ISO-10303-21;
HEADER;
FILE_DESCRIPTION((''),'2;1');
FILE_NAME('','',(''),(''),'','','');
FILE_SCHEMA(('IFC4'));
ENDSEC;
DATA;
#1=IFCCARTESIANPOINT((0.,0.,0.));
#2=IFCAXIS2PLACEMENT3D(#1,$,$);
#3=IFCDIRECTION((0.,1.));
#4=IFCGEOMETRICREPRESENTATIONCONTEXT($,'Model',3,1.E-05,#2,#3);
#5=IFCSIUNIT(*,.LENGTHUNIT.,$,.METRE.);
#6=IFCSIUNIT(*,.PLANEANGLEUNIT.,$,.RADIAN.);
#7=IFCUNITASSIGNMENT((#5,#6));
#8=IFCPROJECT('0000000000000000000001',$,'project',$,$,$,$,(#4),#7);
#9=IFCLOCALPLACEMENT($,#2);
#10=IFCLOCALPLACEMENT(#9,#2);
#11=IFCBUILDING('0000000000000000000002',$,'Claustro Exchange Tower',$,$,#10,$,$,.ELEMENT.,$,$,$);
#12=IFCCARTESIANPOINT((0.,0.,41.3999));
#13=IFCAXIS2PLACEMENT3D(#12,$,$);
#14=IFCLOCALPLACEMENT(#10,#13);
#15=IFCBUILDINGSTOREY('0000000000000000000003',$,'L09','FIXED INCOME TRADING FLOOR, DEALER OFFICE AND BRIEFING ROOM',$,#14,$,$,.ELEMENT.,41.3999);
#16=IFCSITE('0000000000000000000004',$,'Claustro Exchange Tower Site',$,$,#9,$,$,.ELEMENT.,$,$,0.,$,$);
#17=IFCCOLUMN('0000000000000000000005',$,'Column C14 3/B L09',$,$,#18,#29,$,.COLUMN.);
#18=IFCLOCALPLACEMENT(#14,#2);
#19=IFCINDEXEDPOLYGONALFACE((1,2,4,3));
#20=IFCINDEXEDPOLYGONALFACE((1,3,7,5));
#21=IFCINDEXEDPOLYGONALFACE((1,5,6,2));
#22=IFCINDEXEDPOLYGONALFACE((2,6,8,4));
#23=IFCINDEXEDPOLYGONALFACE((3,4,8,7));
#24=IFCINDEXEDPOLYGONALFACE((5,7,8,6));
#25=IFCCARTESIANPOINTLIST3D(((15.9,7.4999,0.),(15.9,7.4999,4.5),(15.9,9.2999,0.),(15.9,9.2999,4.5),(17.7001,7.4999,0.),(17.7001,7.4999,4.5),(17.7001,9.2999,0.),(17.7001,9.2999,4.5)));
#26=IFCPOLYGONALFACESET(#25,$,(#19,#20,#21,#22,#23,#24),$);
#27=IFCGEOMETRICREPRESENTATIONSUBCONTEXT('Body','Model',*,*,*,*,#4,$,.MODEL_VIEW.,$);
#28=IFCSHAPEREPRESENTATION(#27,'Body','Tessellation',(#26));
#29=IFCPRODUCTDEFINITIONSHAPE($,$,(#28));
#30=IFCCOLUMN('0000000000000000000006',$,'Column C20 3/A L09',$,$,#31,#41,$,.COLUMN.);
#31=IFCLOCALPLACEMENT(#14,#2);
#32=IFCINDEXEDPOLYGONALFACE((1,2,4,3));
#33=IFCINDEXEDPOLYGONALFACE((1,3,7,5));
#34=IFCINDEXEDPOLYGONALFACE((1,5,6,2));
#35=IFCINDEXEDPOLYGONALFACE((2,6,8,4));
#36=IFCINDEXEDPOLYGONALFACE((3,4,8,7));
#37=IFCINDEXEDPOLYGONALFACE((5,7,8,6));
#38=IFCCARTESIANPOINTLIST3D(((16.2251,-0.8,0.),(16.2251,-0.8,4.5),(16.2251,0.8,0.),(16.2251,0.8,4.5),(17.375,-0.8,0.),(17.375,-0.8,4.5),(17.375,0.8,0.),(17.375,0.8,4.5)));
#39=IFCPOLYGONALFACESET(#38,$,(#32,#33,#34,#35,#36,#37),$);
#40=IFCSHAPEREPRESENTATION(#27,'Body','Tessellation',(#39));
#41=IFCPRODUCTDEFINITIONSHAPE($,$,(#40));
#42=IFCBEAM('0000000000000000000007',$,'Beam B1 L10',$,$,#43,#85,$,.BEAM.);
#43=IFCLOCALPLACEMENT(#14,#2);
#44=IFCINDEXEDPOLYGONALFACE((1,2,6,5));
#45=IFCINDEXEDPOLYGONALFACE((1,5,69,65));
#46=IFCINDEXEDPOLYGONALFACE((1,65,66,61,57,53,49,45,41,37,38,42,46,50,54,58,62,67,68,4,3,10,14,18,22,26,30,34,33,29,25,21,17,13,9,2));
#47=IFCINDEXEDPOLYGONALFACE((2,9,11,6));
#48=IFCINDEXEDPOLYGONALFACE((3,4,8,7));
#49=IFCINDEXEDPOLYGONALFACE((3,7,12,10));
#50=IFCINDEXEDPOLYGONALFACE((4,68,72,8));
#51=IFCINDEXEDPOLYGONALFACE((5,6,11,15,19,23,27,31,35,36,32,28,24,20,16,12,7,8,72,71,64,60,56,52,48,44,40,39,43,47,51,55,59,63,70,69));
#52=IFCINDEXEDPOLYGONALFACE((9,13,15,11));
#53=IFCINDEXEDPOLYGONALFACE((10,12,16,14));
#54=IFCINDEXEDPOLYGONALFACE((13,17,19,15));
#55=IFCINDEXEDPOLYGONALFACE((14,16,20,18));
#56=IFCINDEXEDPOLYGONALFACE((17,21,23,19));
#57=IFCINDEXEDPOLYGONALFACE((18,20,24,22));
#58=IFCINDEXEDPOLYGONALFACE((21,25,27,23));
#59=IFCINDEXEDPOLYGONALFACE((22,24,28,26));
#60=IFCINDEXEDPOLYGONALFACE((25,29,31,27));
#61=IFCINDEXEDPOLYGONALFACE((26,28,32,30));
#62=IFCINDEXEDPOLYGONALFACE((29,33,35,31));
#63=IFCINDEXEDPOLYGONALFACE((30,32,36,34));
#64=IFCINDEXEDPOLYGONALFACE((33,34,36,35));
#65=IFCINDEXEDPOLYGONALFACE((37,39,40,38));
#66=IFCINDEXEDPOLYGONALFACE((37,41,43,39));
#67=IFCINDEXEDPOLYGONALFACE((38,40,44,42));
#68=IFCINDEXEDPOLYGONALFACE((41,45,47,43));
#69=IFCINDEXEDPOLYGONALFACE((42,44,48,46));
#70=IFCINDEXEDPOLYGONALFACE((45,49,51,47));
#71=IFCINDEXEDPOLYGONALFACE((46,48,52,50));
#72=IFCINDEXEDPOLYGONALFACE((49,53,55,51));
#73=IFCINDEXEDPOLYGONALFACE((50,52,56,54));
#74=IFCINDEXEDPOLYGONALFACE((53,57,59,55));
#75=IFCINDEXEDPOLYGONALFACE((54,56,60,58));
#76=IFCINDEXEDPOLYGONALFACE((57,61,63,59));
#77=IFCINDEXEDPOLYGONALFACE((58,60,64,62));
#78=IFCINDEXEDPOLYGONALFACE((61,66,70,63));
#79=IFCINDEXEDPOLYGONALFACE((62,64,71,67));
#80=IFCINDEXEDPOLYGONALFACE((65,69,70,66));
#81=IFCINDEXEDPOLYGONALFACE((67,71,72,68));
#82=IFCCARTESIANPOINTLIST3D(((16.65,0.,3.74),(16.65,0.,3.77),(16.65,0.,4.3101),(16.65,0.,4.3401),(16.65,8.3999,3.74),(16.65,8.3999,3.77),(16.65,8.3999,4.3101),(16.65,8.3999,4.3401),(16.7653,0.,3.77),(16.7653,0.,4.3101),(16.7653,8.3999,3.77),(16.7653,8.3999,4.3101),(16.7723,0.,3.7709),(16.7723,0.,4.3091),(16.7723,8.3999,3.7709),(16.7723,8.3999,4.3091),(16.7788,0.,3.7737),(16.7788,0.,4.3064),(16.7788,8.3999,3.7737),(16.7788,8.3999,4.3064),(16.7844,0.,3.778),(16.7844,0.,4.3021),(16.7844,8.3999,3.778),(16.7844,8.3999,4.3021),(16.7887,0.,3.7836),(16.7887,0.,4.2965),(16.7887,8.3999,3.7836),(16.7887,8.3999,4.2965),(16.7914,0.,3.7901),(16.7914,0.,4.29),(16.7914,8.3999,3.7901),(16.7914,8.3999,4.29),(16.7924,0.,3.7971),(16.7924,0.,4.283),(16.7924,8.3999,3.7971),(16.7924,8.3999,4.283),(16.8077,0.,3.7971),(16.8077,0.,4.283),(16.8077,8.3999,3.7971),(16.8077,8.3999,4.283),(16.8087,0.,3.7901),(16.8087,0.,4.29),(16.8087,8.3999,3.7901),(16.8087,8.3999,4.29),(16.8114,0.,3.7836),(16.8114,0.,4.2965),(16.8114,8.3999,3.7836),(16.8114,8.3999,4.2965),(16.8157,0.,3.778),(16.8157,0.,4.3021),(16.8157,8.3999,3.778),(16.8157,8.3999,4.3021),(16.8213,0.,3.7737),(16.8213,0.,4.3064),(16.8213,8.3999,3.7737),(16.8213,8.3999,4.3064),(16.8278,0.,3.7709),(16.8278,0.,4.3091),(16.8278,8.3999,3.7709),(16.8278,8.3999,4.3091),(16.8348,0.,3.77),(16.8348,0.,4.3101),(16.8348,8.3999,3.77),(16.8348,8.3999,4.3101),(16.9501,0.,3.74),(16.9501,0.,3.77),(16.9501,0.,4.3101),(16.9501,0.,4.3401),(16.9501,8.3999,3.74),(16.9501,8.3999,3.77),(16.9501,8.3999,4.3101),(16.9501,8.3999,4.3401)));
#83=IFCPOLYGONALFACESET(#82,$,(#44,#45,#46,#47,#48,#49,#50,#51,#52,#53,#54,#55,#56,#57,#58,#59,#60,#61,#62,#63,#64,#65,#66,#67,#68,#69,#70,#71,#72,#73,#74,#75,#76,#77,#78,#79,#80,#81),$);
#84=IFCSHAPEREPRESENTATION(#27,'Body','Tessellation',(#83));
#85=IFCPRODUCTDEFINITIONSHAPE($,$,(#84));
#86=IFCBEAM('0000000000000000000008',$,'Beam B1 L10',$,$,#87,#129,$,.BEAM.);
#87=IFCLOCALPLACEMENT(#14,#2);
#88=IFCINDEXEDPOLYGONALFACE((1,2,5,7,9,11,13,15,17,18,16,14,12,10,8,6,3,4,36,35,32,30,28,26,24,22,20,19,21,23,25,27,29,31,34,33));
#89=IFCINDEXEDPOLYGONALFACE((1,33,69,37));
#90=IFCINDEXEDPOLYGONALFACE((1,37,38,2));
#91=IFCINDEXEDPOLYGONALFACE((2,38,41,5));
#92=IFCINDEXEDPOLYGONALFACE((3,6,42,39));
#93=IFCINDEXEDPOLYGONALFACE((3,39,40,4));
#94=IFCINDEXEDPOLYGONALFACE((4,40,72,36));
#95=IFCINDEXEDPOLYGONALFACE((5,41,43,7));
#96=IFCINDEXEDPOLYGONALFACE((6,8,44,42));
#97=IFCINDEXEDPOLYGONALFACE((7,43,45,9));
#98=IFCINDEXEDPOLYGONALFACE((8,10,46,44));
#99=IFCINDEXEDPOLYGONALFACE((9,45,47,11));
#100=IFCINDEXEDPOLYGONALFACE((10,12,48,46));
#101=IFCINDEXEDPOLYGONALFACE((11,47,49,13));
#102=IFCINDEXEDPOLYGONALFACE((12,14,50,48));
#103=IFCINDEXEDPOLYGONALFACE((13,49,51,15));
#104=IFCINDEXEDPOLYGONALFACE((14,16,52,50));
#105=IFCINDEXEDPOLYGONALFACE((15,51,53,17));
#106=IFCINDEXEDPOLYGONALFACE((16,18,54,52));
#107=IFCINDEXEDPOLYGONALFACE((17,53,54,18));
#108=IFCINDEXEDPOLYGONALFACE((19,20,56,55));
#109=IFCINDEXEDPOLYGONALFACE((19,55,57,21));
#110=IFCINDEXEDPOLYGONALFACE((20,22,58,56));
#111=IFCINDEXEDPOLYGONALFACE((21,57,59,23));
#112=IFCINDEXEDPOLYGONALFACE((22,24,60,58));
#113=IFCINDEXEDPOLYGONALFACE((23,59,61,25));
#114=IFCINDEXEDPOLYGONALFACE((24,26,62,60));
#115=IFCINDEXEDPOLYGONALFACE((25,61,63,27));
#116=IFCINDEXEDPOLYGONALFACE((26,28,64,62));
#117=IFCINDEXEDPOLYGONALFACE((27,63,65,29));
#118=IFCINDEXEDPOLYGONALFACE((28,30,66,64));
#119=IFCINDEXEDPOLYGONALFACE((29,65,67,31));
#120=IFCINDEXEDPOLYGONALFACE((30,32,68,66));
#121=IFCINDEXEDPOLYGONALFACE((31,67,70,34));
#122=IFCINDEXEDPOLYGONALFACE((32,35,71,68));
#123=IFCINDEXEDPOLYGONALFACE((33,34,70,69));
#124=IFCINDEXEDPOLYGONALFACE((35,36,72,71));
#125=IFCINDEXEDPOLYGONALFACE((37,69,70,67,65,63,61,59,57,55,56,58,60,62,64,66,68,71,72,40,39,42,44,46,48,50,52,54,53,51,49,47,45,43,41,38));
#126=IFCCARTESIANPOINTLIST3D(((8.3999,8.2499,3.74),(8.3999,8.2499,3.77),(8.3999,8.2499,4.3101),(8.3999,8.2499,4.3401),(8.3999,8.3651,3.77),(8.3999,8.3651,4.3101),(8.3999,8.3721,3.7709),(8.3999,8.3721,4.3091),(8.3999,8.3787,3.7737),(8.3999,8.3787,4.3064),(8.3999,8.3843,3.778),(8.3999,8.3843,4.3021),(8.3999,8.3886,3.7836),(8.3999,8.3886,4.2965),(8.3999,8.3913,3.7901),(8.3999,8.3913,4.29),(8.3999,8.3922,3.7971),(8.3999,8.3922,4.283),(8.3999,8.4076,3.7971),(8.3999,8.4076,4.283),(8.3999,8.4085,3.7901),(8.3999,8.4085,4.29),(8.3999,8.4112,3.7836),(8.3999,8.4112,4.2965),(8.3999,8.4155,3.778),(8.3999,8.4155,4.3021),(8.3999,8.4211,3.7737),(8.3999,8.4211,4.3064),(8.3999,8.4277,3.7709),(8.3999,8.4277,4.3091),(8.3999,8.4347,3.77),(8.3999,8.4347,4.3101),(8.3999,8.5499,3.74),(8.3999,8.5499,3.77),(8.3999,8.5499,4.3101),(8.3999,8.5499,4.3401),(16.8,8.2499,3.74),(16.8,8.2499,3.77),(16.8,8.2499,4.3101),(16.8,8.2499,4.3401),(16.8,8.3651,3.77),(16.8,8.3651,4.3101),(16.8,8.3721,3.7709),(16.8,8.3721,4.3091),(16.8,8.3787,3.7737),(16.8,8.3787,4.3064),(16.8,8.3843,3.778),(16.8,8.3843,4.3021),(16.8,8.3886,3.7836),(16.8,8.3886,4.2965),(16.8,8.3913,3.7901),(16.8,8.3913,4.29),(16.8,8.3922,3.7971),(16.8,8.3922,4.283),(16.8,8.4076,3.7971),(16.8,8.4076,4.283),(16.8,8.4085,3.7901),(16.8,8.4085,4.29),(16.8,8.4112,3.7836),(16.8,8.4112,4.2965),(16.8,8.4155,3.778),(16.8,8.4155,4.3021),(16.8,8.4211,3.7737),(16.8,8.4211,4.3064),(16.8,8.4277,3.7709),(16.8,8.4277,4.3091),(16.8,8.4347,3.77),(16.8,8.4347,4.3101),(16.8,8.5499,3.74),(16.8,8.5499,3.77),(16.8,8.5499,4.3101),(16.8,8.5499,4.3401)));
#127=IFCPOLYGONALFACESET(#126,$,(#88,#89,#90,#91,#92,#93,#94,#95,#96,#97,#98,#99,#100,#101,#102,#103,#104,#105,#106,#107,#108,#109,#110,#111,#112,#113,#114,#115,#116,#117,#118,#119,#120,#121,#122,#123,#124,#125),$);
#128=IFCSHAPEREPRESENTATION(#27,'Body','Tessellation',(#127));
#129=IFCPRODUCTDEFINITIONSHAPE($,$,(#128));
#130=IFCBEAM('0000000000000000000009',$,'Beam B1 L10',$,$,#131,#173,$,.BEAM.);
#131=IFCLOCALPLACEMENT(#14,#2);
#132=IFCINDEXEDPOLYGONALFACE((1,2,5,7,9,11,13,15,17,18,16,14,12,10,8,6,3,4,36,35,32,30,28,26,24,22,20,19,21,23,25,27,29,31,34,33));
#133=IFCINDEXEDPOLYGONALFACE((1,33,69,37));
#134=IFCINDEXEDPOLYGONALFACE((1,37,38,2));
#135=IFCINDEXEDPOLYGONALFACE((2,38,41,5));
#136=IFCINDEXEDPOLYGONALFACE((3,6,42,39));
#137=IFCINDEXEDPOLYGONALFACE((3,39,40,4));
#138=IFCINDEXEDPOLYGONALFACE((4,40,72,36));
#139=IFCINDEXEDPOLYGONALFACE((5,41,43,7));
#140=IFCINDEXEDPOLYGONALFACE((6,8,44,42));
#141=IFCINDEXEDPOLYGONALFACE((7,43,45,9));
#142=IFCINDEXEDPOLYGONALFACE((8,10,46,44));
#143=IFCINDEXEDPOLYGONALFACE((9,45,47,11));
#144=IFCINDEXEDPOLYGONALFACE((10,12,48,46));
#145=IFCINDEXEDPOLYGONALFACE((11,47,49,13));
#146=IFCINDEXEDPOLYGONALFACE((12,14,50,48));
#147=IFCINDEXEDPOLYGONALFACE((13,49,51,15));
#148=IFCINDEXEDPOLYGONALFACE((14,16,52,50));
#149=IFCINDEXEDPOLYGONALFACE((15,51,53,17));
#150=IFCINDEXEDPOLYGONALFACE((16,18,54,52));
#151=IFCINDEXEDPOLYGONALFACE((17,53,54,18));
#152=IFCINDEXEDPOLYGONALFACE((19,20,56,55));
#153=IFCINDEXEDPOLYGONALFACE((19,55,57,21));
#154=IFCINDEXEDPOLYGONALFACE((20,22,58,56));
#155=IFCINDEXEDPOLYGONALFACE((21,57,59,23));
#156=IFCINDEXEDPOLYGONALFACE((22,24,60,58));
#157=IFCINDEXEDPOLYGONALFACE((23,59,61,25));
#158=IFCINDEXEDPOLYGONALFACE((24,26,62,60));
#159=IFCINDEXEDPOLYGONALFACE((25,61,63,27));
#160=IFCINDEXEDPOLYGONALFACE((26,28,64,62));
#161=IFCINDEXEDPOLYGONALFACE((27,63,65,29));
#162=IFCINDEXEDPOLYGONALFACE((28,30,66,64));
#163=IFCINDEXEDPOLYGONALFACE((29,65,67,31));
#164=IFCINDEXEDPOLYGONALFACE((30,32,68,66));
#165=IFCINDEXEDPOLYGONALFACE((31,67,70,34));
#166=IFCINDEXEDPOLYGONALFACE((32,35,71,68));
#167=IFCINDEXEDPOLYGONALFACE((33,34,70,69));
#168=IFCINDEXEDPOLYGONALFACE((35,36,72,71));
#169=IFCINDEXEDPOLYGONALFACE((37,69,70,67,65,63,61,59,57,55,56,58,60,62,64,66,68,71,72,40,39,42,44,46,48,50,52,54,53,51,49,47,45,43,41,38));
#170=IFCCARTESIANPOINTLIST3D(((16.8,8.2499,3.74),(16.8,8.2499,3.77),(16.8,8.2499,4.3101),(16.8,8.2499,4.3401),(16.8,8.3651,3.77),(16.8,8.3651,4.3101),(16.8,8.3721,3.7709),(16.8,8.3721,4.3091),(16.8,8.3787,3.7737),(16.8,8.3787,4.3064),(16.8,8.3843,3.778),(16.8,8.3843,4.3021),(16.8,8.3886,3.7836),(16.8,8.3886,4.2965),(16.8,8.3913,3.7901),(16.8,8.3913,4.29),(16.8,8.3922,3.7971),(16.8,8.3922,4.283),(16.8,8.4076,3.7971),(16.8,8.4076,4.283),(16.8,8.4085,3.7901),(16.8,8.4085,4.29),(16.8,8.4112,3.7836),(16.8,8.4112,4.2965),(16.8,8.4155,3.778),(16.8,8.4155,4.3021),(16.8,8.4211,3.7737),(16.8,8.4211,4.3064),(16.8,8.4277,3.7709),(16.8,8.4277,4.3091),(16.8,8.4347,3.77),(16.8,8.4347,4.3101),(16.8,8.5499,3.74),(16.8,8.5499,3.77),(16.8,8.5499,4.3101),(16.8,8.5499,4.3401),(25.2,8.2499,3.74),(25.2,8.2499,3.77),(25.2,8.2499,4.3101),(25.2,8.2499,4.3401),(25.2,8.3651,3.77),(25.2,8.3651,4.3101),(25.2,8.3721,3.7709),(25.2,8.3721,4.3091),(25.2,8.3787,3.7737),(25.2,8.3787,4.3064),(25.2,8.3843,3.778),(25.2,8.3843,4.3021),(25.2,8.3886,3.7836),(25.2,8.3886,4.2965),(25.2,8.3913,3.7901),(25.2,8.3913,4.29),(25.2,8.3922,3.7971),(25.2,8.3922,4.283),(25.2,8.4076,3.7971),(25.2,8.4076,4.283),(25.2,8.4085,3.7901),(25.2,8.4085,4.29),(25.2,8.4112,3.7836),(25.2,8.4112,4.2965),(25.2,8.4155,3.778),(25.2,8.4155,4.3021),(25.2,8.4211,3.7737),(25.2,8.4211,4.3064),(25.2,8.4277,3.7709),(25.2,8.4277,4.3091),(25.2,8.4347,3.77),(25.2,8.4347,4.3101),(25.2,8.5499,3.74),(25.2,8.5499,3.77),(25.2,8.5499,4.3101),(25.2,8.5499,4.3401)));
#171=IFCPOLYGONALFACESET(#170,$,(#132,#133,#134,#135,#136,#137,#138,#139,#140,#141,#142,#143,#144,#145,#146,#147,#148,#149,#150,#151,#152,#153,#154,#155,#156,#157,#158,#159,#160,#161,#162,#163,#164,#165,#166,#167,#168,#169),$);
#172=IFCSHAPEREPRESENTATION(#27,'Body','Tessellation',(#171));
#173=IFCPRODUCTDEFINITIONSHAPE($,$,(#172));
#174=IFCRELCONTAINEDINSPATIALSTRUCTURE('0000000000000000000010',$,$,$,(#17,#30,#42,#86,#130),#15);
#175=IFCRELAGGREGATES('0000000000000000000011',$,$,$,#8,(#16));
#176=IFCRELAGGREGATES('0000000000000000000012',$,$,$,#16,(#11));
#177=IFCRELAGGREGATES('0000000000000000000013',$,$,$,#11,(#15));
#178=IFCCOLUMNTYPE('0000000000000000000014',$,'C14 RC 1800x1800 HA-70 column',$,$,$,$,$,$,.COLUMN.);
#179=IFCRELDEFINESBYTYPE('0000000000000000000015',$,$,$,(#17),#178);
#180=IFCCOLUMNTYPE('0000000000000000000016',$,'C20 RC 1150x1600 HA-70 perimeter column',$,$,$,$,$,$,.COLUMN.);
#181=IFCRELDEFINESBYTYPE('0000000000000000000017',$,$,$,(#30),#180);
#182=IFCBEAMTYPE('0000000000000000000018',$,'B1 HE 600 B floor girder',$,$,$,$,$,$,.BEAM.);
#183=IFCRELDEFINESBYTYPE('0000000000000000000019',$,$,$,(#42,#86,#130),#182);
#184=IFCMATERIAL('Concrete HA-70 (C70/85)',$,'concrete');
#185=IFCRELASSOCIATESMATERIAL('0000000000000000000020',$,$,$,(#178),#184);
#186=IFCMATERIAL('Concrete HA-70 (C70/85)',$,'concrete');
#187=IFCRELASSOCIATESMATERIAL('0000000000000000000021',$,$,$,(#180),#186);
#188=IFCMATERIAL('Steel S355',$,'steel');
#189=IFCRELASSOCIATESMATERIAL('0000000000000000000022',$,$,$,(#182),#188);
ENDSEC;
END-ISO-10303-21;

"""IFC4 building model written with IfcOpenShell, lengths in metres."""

from ifc_helpers import new_model, si_unit, direction, frame, origin, origin_2d, place, context, subcontext, project, spatial, rectangle, i_section, extrude, material, material_profile, profile_set, type_object, element, save


model = new_model("IFC4")

# Units and contexts
model_context = context("Model", 3, precision=1e-05, world=origin(), true_north=direction((0.0, 1.0)))
body_context = subcontext(model_context, "Body", "Model", "MODEL_VIEW")
ifc_project = project(units=[si_unit("LENGTHUNIT", "METRE"), si_unit("PLANEANGLEUNIT", "RADIAN")], contexts=[model_context])

# Site, building, storey
site_placement = place(None, origin())
site = spatial("IfcSite", under=ifc_project, at=site_placement, Name="Claustro Exchange Tower Site", CompositionType="ELEMENT", RefElevation=0.0)
building_placement = place(site_placement, origin())
building = spatial("IfcBuilding", under=site, at=building_placement, Name="Claustro Exchange Tower", CompositionType="ELEMENT")
storey_placement = place(building_placement, frame((0.0, 0.0, 41.3999)))
storey = spatial("IfcBuildingStorey", under=building, at=storey_placement, Name="L09", Description="FIXED INCOME TRADING FLOOR, DEALER OFFICE AND BRIEFING ROOM", CompositionType="ELEMENT", Elevation=41.3999)

# Columns
ifc_material_1 = material(Name="Concrete HA-70 (C70/85)", Category="concrete")
ifc_material_profile_1 = material_profile(ifc_material_1, rectangle(XDim=1.8, YDim=1.8, at=origin_2d()), Name="RC 1800x1800")
ifc_profile_set_1 = profile_set([ifc_material_profile_1], Name="Concrete HA-70 (C70/85)")
column_type_1 = type_object("IfcColumnType", Name="C14 RC 1800x1800 HA-70 column", PredefinedType="COLUMN", material=ifc_profile_set_1)
column_1_placement = place(storey_placement, frame((16.8, 8.3999, 0.0), z_axis=(0.0, 0.0, 1.0), x_axis=(1.0, 0.0, 0.0)))
element("IfcColumn", 1, at=column_1_placement, inside=storey, type_object=column_type_1, Name="Column C14 3/B L09", PredefinedType="COLUMN", context=body_context, shape_type="SweptSolid", body=[
    extrude(rectangle(XDim=1.8, YDim=1.8, at=origin_2d()), origin(), (0.0, 0.0, 1.0), 4.5),
])
ifc_material_2 = material(Name="Concrete HA-70 (C70/85)", Category="concrete")
ifc_material_profile_2 = material_profile(ifc_material_2, rectangle(XDim=1.1499, YDim=1.6001, at=origin_2d()), Name="RC 1150x1600")
ifc_profile_set_2 = profile_set([ifc_material_profile_2], Name="Concrete HA-70 (C70/85)")
column_type_2 = type_object("IfcColumnType", Name="C20 RC 1150x1600 HA-70 perimeter column", PredefinedType="COLUMN", material=ifc_profile_set_2)
column_2_placement = place(storey_placement, frame((16.8, 0.0, 0.0), z_axis=(0.0, 0.0, 1.0), x_axis=(1.0, 0.0, 0.0)))
element("IfcColumn", 2, at=column_2_placement, inside=storey, type_object=column_type_2, Name="Column C20 3/A L09", PredefinedType="COLUMN", context=body_context, shape_type="SweptSolid", body=[
    extrude(rectangle(XDim=1.1499, YDim=1.6001, at=origin_2d()), origin(), (0.0, 0.0, 1.0), 4.5),
])

# Beams
ifc_material_3 = material(Name="Steel S355", Category="steel")
ifc_material_profile_3 = material_profile(ifc_material_3, i_section(OverallWidth=0.3, OverallDepth=0.6001, WebThickness=0.0154, FlangeThickness=0.03, FilletRadius=0.0271, at=origin_2d()), Name="HE 600 B")
ifc_profile_set_3 = profile_set([ifc_material_profile_3], Name="Steel S355")
beam_type_1 = type_object("IfcBeamType", Name="B1 HE 600 B floor girder", PredefinedType="BEAM", material=ifc_profile_set_3)
beam_1_placement = place(storey_placement, frame((16.8, 0.0, 4.04), z_axis=(0.0, 1.0, 0.0), x_axis=(-1.0, 0.0, 0.0)))
element("IfcBeam", 3, at=beam_1_placement, inside=storey, type_object=beam_type_1, Name="Beam B1 L10", PredefinedType="BEAM", context=body_context, shape_type="SweptSolid", body=[
    extrude(i_section(OverallWidth=0.3, OverallDepth=0.6001, WebThickness=0.0154, FlangeThickness=0.03, FilletRadius=0.0271, at=origin_2d()), origin(), (0.0, 0.0, 1.0), 8.3999),
])
beam_2_placement = place(storey_placement, frame((8.3999, 8.3999, 4.04), z_axis=(1.0, 0.0, 0.0), x_axis=(0.0, 1.0, 0.0)))
element("IfcBeam", 4, at=beam_2_placement, inside=storey, type_object=beam_type_1, Name="Beam B1 L10", PredefinedType="BEAM", context=body_context, shape_type="SweptSolid", body=[
    extrude(i_section(OverallWidth=0.3, OverallDepth=0.6001, WebThickness=0.0154, FlangeThickness=0.03, FilletRadius=0.0271, at=origin_2d()), origin(), (0.0, 0.0, 1.0), 8.4001),
])
beam_3_placement = place(storey_placement, frame((16.8, 8.3999, 4.04), z_axis=(1.0, 0.0, 0.0), x_axis=(0.0, 1.0, 0.0)))
element("IfcBeam", 5, at=beam_3_placement, inside=storey, type_object=beam_type_1, Name="Beam B1 L10", PredefinedType="BEAM", context=body_context, shape_type="SweptSolid", body=[
    extrude(i_section(OverallWidth=0.3, OverallDepth=0.6001, WebThickness=0.0154, FlangeThickness=0.03, FilletRadius=0.0271, at=origin_2d()), origin(), (0.0, 0.0, 1.0), 8.3999),
])

save(model, "model.ifc")
